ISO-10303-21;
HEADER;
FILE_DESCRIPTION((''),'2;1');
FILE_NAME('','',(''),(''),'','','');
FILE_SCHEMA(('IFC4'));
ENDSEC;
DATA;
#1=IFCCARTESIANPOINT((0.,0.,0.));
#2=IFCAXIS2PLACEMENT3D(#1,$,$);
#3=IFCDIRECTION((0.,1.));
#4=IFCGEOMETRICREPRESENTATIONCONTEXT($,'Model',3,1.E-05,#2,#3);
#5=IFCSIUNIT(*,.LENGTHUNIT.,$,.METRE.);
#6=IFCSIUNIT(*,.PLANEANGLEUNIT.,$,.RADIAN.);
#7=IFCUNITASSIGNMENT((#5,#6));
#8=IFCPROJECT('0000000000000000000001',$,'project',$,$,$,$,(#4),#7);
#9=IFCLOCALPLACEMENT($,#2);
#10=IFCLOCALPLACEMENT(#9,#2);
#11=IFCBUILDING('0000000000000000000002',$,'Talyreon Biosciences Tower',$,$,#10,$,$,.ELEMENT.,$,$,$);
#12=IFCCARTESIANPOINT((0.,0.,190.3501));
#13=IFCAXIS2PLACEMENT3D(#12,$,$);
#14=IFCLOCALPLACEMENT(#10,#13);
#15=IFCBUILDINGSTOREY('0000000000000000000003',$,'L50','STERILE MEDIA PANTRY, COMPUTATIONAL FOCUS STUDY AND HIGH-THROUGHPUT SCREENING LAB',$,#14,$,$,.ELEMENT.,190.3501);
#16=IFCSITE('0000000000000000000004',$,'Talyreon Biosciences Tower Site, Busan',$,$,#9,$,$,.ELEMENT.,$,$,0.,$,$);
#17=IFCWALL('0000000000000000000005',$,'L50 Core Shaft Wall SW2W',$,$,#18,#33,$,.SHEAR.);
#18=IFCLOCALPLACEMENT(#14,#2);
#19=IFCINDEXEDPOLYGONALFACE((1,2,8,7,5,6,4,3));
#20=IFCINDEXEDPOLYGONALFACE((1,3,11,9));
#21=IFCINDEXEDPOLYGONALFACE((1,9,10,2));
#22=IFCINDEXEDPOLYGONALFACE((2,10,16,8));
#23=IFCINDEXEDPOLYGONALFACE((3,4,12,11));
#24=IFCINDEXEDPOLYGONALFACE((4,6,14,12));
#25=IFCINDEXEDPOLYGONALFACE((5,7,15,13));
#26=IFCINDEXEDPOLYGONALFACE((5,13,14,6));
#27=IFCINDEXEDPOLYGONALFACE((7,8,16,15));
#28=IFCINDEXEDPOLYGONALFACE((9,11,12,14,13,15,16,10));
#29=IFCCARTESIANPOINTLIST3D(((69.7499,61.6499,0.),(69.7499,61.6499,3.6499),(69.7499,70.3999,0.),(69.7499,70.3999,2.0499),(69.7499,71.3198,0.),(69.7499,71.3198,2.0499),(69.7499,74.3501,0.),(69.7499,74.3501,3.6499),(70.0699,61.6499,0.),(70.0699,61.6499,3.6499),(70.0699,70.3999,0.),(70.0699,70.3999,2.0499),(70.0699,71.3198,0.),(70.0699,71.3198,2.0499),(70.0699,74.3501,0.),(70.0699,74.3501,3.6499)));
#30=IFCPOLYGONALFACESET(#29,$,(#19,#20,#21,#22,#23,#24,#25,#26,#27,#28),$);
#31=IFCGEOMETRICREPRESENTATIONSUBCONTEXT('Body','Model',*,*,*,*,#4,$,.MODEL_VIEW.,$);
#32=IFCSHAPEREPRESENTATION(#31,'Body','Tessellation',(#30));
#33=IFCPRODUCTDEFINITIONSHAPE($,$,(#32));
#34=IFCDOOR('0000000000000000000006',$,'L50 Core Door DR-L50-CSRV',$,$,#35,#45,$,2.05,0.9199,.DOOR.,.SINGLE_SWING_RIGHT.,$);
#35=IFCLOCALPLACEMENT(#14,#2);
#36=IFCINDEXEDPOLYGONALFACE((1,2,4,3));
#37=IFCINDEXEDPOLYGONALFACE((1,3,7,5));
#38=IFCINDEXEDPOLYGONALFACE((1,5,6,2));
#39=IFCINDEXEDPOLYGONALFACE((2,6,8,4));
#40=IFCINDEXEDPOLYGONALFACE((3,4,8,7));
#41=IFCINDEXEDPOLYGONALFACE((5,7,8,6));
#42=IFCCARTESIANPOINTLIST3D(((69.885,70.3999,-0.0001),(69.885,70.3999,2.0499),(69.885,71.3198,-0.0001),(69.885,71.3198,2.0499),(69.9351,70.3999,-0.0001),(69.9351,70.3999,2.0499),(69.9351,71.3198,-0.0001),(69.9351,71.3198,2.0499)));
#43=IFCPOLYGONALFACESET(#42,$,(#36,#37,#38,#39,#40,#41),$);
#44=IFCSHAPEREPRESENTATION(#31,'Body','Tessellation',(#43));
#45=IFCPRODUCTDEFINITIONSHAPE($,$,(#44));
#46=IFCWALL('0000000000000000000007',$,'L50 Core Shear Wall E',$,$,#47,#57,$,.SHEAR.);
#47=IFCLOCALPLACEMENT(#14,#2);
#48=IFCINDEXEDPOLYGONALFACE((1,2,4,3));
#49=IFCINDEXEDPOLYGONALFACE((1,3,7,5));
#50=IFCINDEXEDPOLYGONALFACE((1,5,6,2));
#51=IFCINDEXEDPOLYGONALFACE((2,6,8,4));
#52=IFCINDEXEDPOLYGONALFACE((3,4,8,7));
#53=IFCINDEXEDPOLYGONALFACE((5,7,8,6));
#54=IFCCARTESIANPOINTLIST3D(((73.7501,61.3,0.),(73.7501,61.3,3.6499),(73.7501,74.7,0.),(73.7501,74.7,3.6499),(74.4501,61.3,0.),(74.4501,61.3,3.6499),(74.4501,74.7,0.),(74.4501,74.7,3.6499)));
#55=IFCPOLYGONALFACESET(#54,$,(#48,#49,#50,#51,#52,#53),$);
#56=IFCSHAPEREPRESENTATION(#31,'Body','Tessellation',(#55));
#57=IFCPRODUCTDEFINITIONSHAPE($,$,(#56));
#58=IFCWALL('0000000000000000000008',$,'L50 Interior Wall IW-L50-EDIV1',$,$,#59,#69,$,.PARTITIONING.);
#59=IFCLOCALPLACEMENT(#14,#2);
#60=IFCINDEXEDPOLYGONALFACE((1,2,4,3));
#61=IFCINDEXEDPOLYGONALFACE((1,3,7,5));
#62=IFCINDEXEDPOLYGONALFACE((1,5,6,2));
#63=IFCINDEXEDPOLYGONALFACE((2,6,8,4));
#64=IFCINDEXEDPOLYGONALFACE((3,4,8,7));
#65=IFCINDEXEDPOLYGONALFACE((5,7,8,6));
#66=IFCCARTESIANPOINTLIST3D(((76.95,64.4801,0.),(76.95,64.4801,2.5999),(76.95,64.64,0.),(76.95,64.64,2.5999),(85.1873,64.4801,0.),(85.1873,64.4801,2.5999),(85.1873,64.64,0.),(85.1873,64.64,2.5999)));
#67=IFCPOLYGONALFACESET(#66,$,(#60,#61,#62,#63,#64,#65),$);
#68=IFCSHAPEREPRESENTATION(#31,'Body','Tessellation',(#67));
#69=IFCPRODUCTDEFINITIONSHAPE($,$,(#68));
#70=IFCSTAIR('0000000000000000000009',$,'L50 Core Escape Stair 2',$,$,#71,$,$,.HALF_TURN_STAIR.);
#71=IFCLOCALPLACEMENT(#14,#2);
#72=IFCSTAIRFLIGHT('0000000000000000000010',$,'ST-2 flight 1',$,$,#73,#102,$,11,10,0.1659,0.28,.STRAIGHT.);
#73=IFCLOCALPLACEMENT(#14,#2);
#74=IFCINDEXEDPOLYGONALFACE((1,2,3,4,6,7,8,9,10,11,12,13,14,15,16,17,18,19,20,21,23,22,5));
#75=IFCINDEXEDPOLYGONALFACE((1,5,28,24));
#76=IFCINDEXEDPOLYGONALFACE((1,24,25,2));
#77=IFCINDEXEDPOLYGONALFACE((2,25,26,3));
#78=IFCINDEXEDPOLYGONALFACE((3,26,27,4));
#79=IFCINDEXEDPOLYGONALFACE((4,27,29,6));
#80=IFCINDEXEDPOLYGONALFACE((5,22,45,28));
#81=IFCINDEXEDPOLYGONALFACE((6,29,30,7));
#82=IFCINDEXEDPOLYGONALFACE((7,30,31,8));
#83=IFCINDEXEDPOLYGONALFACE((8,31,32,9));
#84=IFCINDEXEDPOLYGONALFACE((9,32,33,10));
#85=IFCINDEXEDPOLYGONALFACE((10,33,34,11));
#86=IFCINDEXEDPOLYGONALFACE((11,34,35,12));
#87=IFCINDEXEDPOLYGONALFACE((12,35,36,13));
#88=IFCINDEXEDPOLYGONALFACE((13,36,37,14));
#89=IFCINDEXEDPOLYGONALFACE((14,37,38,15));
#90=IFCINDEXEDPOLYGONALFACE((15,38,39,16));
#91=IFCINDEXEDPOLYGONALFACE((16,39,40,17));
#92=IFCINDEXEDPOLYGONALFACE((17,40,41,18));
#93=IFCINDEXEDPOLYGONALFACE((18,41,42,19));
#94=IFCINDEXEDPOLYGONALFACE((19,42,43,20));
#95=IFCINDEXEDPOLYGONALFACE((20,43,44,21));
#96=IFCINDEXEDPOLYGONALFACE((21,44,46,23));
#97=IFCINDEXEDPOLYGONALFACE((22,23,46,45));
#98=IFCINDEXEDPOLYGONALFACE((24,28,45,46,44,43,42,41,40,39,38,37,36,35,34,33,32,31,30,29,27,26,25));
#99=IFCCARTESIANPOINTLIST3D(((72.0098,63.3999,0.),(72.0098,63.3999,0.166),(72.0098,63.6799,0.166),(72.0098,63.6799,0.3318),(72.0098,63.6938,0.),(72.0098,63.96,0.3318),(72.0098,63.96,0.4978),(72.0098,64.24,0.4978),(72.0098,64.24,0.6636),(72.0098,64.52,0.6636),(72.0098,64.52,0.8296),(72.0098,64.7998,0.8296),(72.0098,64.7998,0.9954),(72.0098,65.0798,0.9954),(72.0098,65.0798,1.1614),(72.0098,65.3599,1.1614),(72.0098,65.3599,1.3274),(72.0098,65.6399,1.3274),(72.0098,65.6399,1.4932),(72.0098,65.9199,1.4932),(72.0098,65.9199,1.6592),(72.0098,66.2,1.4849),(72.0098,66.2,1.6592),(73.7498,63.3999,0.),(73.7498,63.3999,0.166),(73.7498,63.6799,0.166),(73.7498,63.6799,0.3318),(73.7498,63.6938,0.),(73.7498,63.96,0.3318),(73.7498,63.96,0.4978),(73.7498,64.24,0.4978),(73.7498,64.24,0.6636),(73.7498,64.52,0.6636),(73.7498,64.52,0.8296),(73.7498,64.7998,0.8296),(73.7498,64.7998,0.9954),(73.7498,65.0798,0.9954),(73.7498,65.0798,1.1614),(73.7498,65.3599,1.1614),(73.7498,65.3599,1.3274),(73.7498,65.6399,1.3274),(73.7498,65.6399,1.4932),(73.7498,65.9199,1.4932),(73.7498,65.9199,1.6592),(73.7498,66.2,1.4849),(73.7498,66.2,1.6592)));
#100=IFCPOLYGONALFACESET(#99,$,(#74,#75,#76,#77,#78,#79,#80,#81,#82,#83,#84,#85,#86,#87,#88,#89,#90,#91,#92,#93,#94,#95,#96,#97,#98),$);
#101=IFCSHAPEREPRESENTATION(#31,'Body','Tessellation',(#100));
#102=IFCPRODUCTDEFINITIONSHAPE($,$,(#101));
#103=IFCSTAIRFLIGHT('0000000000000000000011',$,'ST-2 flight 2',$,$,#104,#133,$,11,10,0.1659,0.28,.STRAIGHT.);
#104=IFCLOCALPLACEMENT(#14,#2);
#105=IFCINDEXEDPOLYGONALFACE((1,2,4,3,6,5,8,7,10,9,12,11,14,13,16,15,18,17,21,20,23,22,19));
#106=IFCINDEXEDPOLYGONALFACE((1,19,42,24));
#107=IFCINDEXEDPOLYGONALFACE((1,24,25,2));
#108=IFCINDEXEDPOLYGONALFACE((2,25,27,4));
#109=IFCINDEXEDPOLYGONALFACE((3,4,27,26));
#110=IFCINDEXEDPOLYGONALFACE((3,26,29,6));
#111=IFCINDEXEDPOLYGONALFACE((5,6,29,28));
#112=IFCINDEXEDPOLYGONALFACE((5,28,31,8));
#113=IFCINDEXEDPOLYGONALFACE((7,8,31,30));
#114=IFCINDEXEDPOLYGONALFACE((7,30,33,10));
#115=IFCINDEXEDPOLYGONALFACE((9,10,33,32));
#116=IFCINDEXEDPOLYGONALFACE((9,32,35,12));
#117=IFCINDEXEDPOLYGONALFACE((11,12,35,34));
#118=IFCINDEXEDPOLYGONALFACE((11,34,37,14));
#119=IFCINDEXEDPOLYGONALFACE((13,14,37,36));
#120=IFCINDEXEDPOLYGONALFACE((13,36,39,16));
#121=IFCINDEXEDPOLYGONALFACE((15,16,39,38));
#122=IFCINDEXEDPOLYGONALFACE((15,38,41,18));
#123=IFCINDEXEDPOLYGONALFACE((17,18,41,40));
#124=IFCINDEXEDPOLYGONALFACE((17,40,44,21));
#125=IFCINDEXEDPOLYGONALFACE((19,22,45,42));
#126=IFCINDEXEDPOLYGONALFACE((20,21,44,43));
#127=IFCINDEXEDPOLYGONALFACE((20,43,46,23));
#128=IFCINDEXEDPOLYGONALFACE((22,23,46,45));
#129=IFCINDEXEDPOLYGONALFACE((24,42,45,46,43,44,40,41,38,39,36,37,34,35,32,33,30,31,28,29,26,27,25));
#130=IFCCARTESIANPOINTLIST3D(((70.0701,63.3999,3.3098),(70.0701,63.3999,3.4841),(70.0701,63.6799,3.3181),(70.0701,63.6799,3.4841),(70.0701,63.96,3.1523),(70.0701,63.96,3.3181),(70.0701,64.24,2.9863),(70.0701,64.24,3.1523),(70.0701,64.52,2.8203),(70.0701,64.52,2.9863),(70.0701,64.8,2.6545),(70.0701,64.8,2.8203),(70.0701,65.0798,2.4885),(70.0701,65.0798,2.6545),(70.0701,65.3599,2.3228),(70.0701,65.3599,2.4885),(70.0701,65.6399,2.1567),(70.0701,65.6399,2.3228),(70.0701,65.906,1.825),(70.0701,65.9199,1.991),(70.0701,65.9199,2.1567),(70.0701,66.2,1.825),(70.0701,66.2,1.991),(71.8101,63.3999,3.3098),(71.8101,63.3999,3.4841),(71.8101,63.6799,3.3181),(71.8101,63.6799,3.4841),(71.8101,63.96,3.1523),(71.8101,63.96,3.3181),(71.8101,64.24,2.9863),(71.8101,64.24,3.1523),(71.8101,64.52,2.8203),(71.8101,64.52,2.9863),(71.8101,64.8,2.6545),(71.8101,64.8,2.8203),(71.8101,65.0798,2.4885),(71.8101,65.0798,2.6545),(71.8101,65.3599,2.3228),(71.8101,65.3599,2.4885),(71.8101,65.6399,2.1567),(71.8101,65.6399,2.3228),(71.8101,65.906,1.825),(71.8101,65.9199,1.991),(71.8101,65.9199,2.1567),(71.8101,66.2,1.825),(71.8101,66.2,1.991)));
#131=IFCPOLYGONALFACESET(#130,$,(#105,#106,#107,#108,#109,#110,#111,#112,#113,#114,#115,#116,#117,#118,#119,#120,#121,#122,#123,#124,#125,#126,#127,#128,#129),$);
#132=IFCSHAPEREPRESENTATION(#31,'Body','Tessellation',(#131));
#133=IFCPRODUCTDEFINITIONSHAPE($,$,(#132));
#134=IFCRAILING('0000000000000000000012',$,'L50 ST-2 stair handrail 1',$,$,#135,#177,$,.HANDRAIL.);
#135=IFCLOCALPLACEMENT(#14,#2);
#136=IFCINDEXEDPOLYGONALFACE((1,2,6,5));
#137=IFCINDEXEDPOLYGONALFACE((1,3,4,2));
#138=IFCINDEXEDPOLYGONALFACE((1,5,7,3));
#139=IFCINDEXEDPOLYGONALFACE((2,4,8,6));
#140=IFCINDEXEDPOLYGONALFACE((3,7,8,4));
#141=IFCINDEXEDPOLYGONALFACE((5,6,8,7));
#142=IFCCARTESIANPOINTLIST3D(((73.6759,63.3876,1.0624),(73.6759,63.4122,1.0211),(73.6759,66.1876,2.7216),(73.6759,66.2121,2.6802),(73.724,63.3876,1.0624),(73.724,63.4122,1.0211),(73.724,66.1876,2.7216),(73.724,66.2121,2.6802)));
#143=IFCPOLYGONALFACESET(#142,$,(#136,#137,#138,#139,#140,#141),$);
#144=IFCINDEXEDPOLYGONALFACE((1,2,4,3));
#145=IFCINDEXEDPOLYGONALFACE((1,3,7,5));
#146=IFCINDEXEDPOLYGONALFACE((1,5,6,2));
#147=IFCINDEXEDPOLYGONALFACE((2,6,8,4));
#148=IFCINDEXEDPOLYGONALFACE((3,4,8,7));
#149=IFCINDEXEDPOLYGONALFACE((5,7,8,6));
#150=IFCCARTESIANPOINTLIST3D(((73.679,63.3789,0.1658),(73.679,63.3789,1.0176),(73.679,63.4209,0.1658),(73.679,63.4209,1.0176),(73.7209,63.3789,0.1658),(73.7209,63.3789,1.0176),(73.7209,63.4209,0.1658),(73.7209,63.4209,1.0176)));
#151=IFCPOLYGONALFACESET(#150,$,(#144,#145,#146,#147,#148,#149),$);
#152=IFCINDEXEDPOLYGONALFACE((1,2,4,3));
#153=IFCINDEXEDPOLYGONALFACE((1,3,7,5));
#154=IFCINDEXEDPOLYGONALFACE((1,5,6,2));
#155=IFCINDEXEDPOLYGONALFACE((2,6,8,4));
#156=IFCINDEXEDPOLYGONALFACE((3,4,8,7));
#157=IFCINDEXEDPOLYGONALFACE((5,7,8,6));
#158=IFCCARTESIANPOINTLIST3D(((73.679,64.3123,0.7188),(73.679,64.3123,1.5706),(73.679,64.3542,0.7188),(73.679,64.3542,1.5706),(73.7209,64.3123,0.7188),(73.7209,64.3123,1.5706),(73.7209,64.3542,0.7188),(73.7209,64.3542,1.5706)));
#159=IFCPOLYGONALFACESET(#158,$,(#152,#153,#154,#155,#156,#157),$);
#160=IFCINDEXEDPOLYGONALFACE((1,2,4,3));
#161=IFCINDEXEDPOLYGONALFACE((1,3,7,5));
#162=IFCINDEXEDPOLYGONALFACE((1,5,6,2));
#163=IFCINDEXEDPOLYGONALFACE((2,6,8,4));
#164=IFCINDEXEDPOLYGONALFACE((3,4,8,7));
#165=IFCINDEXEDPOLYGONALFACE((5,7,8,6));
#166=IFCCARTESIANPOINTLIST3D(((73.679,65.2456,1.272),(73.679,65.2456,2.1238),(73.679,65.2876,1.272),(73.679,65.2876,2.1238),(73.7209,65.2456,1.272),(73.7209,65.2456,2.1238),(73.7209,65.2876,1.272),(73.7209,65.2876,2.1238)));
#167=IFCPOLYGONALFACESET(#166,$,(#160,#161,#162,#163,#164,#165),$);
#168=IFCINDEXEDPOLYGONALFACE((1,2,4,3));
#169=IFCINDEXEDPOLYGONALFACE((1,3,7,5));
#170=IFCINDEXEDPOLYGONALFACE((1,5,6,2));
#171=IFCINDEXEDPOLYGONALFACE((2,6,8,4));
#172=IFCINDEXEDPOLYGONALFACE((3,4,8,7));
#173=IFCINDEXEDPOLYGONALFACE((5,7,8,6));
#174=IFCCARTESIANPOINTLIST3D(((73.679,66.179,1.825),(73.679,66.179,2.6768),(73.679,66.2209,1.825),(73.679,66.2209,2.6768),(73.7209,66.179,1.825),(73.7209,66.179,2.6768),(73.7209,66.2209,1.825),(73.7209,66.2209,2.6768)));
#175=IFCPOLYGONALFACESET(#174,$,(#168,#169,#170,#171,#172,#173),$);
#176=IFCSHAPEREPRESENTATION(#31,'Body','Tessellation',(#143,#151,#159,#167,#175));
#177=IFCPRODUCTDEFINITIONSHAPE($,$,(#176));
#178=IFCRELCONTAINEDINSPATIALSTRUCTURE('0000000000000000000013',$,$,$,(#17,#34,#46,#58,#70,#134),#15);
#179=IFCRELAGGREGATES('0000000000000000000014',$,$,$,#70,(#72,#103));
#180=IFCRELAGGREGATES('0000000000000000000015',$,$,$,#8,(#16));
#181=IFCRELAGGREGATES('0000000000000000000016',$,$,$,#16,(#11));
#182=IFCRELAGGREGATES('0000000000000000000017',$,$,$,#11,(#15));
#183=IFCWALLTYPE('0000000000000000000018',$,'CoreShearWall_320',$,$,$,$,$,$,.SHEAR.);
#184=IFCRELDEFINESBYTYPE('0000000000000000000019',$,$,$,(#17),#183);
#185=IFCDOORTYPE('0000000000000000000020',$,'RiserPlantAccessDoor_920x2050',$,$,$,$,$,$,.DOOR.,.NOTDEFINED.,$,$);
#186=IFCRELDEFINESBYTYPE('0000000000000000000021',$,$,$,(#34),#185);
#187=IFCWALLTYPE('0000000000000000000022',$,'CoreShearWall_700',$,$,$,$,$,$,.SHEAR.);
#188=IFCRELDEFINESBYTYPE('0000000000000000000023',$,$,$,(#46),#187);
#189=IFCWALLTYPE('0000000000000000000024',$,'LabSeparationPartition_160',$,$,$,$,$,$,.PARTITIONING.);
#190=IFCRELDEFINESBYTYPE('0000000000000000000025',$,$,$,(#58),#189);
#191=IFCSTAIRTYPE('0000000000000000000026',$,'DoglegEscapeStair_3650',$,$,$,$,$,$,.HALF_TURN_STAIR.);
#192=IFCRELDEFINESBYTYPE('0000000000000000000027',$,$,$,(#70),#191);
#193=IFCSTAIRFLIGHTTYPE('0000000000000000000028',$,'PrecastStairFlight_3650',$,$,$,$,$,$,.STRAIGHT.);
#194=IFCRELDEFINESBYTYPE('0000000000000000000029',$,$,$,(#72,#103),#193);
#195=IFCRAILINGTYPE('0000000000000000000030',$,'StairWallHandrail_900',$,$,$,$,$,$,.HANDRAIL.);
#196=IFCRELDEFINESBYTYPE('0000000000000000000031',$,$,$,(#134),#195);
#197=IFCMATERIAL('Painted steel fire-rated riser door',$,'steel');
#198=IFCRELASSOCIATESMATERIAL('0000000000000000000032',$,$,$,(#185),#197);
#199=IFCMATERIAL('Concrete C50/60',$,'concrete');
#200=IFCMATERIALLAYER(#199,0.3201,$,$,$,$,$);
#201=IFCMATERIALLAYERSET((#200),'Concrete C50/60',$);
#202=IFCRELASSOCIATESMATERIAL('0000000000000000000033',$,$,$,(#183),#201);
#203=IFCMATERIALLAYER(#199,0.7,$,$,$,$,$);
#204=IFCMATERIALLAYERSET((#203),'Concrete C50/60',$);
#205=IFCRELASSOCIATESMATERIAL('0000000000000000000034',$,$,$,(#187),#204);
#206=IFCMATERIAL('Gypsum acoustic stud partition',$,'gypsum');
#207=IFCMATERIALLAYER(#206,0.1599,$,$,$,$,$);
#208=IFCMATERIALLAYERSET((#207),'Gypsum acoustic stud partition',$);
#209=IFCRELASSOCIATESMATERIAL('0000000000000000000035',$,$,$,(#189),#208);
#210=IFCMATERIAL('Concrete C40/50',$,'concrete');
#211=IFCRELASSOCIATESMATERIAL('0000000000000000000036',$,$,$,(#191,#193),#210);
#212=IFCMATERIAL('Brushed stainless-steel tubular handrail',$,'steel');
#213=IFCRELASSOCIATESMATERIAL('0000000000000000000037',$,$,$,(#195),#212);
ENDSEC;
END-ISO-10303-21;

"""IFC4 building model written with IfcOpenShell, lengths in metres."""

from ifc_helpers import new_model, si_unit, direction, frame, frame_2d, origin, origin_2d, place, context, subcontext, project, spatial, polyline, rectangle, outline, extrude, material, layer, layer_set, type_object, element, fill, aggregate, save


model = new_model("IFC4")

# Units and contexts
model_context = context("Model", 3, precision=1e-05, world=origin(), true_north=direction((0.0, 1.0)))
body_context = subcontext(model_context, "Body", "Model", "MODEL_VIEW")
ifc_project = project(units=[si_unit("LENGTHUNIT", "METRE"), si_unit("PLANEANGLEUNIT", "RADIAN")], contexts=[model_context])

# Site, building, storey
site_placement = place(None, origin())
site = spatial("IfcSite", under=ifc_project, at=site_placement, Name="Talyreon Biosciences Tower Site, Busan", CompositionType="ELEMENT", RefElevation=0.0)
building_placement = place(site_placement, origin())
building = spatial("IfcBuilding", under=site, at=building_placement, Name="Talyreon Biosciences Tower", CompositionType="ELEMENT")
storey_placement = place(building_placement, frame((0.0, 0.0, 190.3501)))
storey = spatial("IfcBuildingStorey", under=building, at=storey_placement, Name="L50", Description="STERILE MEDIA PANTRY, COMPUTATIONAL FOCUS STUDY AND HIGH-THROUGHPUT SCREENING LAB", CompositionType="ELEMENT", Elevation=190.3501)

# Shared definitions
ifc_material_1 = material(Name="Concrete C50/60", Category="concrete")

# Wall, opening, door
ifc_material_2 = material(Name="Painted steel fire-rated riser door", Category="steel")
door_type_1 = type_object("IfcDoorType", Name="RiserPlantAccessDoor_920x2050", OperationType="NOTDEFINED", PredefinedType="DOOR", material=ifc_material_2)
ifc_layer_1 = layer(ifc_material_1, 0.3201)
ifc_layer_set_1 = layer_set([ifc_layer_1], Name="Concrete C50/60")
wall_type_1 = type_object("IfcWallType", Name="CoreShearWall_320", PredefinedType="SHEAR", material=ifc_layer_set_1)
wall_1_placement = place(storey_placement, frame((69.9099, 61.6499, 0.0), z_axis=(0.0, 0.0, 1.0), x_axis=(0.0, 1.0, 0.0)))
wall_1 = element("IfcWall", 1, at=wall_1_placement, inside=storey, type_object=wall_type_1, Name="L50 Core Shaft Wall SW2W", PredefinedType="SHEAR", context=body_context, shape_type="SweptSolid", body=[
    extrude(rectangle(XDim=12.7002, YDim=0.3201, at=frame_2d((6.3501, 0.0))), origin(), (0.0, 0.0, 1.0), 3.6499),
])
opening_1_placement = place(wall_1_placement, frame((8.75, 0.0, 0.0)))
opening_1 = element("IfcOpeningElement", 2, at=opening_1_placement, cuts=wall_1, PredefinedType="OPENING", context=body_context, shape_type="SweptSolid", body=[
    extrude(rectangle(XDim=0.9199, YDim=2.05, at=frame_2d((0.46, 1.0249))), frame((0.0, 0.1699, 0.0), z_axis=(0.0, -1.0, 0.0), x_axis=(1.0, 0.0, 0.0)), (0.0, 0.0, 1.0), 0.3401),
])
door_1_placement = place(opening_1_placement, origin())
door_1 = element("IfcDoor", 3, at=door_1_placement, inside=storey, type_object=door_type_1, Name="L50 Core Door DR-L50-CSRV", OperationType="SINGLE_SWING_RIGHT", OverallHeight=2.05, OverallWidth=0.9199, PredefinedType="DOOR", context=body_context, shape_type="SweptSolid", body=[
    extrude(rectangle(XDim=0.9199, YDim=2.05, at=frame_2d((0.46, 1.0249))), frame((0.0, 0.0249, 0.0), z_axis=(0.0, -1.0, 0.0), x_axis=(1.0, 0.0, 0.0)), (0.0, 0.0, 1.0), 0.05),
])
fill(opening_1, door_1)

# Wall
ifc_layer_2 = layer(ifc_material_1, 0.7)
ifc_layer_set_2 = layer_set([ifc_layer_2], Name="Concrete C50/60")
wall_type_2 = type_object("IfcWallType", Name="CoreShearWall_700", PredefinedType="SHEAR", material=ifc_layer_set_2)
wall_2_placement = place(storey_placement, frame((74.1001, 61.3, 0.0), z_axis=(0.0, 0.0, 1.0), x_axis=(0.0, 1.0, 0.0)))
element("IfcWall", 4, at=wall_2_placement, inside=storey, type_object=wall_type_2, Name="L50 Core Shear Wall E", PredefinedType="SHEAR", context=body_context, shape_type="SweptSolid", body=[
    extrude(rectangle(XDim=13.3999, YDim=0.7, at=frame_2d((6.7, 0.0))), origin(), (0.0, 0.0, 1.0), 3.6499),
])

# Wall
ifc_material_3 = material(Name="Gypsum acoustic stud partition", Category="gypsum")
ifc_layer_3 = layer(ifc_material_3, 0.1599)
ifc_layer_set_3 = layer_set([ifc_layer_3], Name="Gypsum acoustic stud partition")
wall_type_3 = type_object("IfcWallType", Name="LabSeparationPartition_160", PredefinedType="PARTITIONING", material=ifc_layer_set_3)
wall_3_placement = place(storey_placement, frame((76.95, 64.5601, 0.0), z_axis=(0.0, 0.0, 1.0), x_axis=(1.0, 0.0, 0.0)))
element("IfcWall", 5, at=wall_3_placement, inside=storey, type_object=wall_type_3, Name="L50 Interior Wall IW-L50-EDIV1", PredefinedType="PARTITIONING", context=body_context, shape_type="SweptSolid", body=[
    extrude(rectangle(XDim=8.2373, YDim=0.1599, at=frame_2d((4.1187, 0.0))), origin(), (0.0, 0.0, 1.0), 2.5999),
])

# Stair, stair flights
ifc_material_4 = material(Name="Concrete C40/50", Category="concrete")
stair_type = type_object("IfcStairType", Name="DoglegEscapeStair_3650", PredefinedType="HALF_TURN_STAIR", material=ifc_material_4)
stair_placement = place(storey_placement, origin())
stair = element("IfcStair", 6, at=stair_placement, inside=storey, type_object=stair_type, Name="L50 Core Escape Stair 2", PredefinedType="HALF_TURN_STAIR")
stair_flight_type = type_object("IfcStairFlightType", Name="PrecastStairFlight_3650", PredefinedType="STRAIGHT", material=ifc_material_4)
stair_flight_1_placement = place(storey_placement, frame((72.8799, 63.3999, 0.0), z_axis=(0.0, 0.0, 1.0), x_axis=(0.0, 1.0, 0.0)))
stair_flight_1 = element("IfcStairFlight", 7, at=stair_flight_1_placement, type_object=stair_flight_type, Name="ST-2 flight 1", NumberOfRisers=11, NumberOfTreads=10, PredefinedType="STRAIGHT", RiserHeight=0.1659, TreadLength=0.28, context=body_context, shape_type="SweptSolid", body=[
    extrude(outline(polyline([(0.0, 0.0), (0.0, 0.166), (0.28, 0.166), (0.28, 0.3318), (0.5601, 0.3318), (0.5601, 0.4978), (0.8401, 0.4978), (0.8401, 0.6636), (1.1201, 0.6636), (1.1201, 0.8296), (1.3999, 0.8296), (1.3999, 0.9954), (1.6799, 0.9954), (1.6799, 1.1614), (1.96, 1.1614), (1.96, 1.3274), (2.24, 1.3274), (2.24, 1.4932), (2.52, 1.4932), (2.52, 1.6592), (2.8, 1.6592), (2.8, 1.825), (2.8, 1.4849), (0.2939, 0.0), (0.0, 0.0)])), frame((0.0, 0.8701, 0.0), z_axis=(0.0, -1.0, 0.0), x_axis=(1.0, 0.0, 0.0)), (0.0, 0.0, 1.0), 1.74),
])
stair_flight_2_placement = place(storey_placement, frame((70.9399, 66.2, 1.825), z_axis=(0.0, 0.0, 1.0), x_axis=(0.0, -1.0, 0.0)))
stair_flight_2 = element("IfcStairFlight", 8, at=stair_flight_2_placement, type_object=stair_flight_type, Name="ST-2 flight 2", NumberOfRisers=11, NumberOfTreads=10, PredefinedType="STRAIGHT", RiserHeight=0.1659, TreadLength=0.28, context=body_context, shape_type="SweptSolid", body=[
    extrude(outline(polyline([(0.0, 0.0), (0.0, 0.166), (0.28, 0.166), (0.28, 0.3318), (0.5601, 0.3318), (0.5601, 0.4978), (0.8401, 0.4978), (0.8401, 0.6636), (1.1201, 0.6636), (1.1201, 0.8296), (1.3999, 0.8296), (1.3999, 0.9954), (1.6799, 0.9954), (1.6799, 1.1614), (1.96, 1.1614), (1.96, 1.3274), (2.24, 1.3274), (2.24, 1.4932), (2.52, 1.4932), (2.52, 1.6592), (2.8, 1.6592), (2.8, 1.825), (2.8, 1.4849), (0.2939, 0.0), (0.0, 0.0)])), frame((0.0, 0.8701, 0.0), z_axis=(0.0, -1.0, 0.0), x_axis=(1.0, 0.0, 0.0)), (0.0, 0.0, 1.0), 1.74),
])
aggregate(stair, [stair_flight_1, stair_flight_2])

# Railing
ifc_material_5 = material(Name="Brushed stainless-steel tubular handrail", Category="steel")
railing_type_1 = type_object("IfcRailingType", Name="StairWallHandrail_900", PredefinedType="HANDRAIL", material=ifc_material_5)
railing_1_placement = place(storey_placement, frame((73.7, 63.3999, 0.1658)))
element("IfcRailing", 9, at=railing_1_placement, inside=storey, type_object=railing_type_1, Name="L50 ST-2 stair handrail 1", PredefinedType="HANDRAIL", context=body_context, shape_type="SweptSolid", body=[
    extrude(rectangle(XDim=0.0481, YDim=0.0481, at=origin_2d()), frame((0.0, 0.0, 0.876), z_axis=(0.0, 0.860306, 0.509778), x_axis=(-1.0, 0.0, 0.0)), (0.0, 0.0, 1.0), 3.2546),
    extrude(rectangle(XDim=0.042, YDim=0.042, at=origin_2d()), origin(), (0.0, 0.0, 1.0), 0.8518),
    extrude(rectangle(XDim=0.042, YDim=0.042, at=origin_2d()), frame((0.0, 0.9333, 0.553)), (0.0, 0.0, 1.0), 0.8518),
    extrude(rectangle(XDim=0.042, YDim=0.042, at=origin_2d()), frame((0.0, 1.8667, 1.1062)), (0.0, 0.0, 1.0), 0.8518),
    extrude(rectangle(XDim=0.042, YDim=0.042, at=origin_2d()), frame((0.0, 2.8, 1.6592)), (0.0, 0.0, 1.0), 0.8518),
])

save(model, "model.ifc")
